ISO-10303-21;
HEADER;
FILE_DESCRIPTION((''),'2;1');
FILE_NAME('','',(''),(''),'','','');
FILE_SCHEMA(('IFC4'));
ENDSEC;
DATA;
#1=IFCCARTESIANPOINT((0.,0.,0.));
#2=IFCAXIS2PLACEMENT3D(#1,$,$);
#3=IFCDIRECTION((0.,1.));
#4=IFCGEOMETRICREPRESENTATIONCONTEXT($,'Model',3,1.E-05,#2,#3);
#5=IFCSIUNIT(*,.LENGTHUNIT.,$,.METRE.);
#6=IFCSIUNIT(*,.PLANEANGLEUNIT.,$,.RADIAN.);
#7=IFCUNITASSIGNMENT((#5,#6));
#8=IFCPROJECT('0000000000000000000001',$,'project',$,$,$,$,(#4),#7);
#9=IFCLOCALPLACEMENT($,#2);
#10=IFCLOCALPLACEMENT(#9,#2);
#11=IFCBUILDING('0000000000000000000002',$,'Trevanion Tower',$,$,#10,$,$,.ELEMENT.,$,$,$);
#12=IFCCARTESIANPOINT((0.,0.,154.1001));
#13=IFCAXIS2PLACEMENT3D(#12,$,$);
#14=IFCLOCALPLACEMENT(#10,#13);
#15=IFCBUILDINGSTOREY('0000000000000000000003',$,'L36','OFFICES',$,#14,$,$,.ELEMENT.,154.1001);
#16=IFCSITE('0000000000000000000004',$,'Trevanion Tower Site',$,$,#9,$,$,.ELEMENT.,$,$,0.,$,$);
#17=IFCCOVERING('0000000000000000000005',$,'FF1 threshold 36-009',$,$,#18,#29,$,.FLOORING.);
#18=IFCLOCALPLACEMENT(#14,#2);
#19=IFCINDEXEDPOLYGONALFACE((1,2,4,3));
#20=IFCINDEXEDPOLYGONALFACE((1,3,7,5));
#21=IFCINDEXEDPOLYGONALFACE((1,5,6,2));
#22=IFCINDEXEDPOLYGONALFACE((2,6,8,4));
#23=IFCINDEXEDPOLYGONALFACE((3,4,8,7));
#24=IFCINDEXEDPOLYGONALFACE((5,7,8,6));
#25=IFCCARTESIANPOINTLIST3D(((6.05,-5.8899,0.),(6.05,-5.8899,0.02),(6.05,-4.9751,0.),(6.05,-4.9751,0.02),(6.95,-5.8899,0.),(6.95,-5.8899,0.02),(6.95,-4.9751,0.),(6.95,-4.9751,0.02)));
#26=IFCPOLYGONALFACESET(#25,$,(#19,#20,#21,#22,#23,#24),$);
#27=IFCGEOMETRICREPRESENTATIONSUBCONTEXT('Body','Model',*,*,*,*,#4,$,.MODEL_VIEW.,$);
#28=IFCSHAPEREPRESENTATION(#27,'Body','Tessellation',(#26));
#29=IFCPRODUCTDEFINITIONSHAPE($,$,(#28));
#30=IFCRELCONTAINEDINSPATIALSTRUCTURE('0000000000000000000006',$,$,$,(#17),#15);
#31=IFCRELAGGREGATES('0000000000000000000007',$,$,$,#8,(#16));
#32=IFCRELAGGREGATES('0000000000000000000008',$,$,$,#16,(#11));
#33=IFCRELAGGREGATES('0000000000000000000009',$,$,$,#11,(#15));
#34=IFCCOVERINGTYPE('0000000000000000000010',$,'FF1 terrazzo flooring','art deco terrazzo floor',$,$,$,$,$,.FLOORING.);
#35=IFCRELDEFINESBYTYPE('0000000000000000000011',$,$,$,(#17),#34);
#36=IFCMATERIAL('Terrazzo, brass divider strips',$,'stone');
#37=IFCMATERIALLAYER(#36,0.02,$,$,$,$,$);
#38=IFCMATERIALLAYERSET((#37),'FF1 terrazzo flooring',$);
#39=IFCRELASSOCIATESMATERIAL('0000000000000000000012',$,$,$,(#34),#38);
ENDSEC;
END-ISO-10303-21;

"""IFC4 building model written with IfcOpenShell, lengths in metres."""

from ifc_helpers import new_model, si_unit, direction, frame, origin, place, context, subcontext, project, spatial, polyline, outline, extrude, material, layer, layer_set, type_object, element, save


model = new_model("IFC4")

# Units and contexts
model_context = context("Model", 3, precision=1e-05, world=origin(), true_north=direction((0.0, 1.0)))
body_context = subcontext(model_context, "Body", "Model", "MODEL_VIEW")
ifc_project = project(units=[si_unit("LENGTHUNIT", "METRE"), si_unit("PLANEANGLEUNIT", "RADIAN")], contexts=[model_context])

# Site, building, storey
site_placement = place(None, origin())
site = spatial("IfcSite", under=ifc_project, at=site_placement, Name="Trevanion Tower Site", CompositionType="ELEMENT", RefElevation=0.0)
building_placement = place(site_placement, origin())
building = spatial("IfcBuilding", under=site, at=building_placement, Name="Trevanion Tower", CompositionType="ELEMENT")
storey_placement = place(building_placement, frame((0.0, 0.0, 154.1001)))
storey = spatial("IfcBuildingStorey", under=building, at=storey_placement, Name="L36", Description="OFFICES", CompositionType="ELEMENT", Elevation=154.1001)

# Covering
ifc_material_1 = material(Name="Terrazzo, brass divider strips", Category="stone")
ifc_layer_1 = layer(ifc_material_1, 0.02)
ifc_layer_set_1 = layer_set([ifc_layer_1], Name="FF1 terrazzo flooring")
covering_type = type_object("IfcCoveringType", Name="FF1 terrazzo flooring", Description="art deco terrazzo floor", PredefinedType="FLOORING", material=ifc_layer_set_1)
covering_1_placement = place(storey_placement, origin())
element("IfcCovering", 1, at=covering_1_placement, inside=storey, type_object=covering_type, Name="FF1 threshold 36-009", PredefinedType="FLOORING", context=body_context, shape_type="SweptSolid", body=[
    extrude(outline(polyline([(6.95, -5.8899), (6.95, -4.9751), (6.05, -4.9751), (6.05, -5.8899), (6.95, -5.8899)])), origin(), (0.0, 0.0, 1.0), 0.02),
])

save(model, "model.ifc")
